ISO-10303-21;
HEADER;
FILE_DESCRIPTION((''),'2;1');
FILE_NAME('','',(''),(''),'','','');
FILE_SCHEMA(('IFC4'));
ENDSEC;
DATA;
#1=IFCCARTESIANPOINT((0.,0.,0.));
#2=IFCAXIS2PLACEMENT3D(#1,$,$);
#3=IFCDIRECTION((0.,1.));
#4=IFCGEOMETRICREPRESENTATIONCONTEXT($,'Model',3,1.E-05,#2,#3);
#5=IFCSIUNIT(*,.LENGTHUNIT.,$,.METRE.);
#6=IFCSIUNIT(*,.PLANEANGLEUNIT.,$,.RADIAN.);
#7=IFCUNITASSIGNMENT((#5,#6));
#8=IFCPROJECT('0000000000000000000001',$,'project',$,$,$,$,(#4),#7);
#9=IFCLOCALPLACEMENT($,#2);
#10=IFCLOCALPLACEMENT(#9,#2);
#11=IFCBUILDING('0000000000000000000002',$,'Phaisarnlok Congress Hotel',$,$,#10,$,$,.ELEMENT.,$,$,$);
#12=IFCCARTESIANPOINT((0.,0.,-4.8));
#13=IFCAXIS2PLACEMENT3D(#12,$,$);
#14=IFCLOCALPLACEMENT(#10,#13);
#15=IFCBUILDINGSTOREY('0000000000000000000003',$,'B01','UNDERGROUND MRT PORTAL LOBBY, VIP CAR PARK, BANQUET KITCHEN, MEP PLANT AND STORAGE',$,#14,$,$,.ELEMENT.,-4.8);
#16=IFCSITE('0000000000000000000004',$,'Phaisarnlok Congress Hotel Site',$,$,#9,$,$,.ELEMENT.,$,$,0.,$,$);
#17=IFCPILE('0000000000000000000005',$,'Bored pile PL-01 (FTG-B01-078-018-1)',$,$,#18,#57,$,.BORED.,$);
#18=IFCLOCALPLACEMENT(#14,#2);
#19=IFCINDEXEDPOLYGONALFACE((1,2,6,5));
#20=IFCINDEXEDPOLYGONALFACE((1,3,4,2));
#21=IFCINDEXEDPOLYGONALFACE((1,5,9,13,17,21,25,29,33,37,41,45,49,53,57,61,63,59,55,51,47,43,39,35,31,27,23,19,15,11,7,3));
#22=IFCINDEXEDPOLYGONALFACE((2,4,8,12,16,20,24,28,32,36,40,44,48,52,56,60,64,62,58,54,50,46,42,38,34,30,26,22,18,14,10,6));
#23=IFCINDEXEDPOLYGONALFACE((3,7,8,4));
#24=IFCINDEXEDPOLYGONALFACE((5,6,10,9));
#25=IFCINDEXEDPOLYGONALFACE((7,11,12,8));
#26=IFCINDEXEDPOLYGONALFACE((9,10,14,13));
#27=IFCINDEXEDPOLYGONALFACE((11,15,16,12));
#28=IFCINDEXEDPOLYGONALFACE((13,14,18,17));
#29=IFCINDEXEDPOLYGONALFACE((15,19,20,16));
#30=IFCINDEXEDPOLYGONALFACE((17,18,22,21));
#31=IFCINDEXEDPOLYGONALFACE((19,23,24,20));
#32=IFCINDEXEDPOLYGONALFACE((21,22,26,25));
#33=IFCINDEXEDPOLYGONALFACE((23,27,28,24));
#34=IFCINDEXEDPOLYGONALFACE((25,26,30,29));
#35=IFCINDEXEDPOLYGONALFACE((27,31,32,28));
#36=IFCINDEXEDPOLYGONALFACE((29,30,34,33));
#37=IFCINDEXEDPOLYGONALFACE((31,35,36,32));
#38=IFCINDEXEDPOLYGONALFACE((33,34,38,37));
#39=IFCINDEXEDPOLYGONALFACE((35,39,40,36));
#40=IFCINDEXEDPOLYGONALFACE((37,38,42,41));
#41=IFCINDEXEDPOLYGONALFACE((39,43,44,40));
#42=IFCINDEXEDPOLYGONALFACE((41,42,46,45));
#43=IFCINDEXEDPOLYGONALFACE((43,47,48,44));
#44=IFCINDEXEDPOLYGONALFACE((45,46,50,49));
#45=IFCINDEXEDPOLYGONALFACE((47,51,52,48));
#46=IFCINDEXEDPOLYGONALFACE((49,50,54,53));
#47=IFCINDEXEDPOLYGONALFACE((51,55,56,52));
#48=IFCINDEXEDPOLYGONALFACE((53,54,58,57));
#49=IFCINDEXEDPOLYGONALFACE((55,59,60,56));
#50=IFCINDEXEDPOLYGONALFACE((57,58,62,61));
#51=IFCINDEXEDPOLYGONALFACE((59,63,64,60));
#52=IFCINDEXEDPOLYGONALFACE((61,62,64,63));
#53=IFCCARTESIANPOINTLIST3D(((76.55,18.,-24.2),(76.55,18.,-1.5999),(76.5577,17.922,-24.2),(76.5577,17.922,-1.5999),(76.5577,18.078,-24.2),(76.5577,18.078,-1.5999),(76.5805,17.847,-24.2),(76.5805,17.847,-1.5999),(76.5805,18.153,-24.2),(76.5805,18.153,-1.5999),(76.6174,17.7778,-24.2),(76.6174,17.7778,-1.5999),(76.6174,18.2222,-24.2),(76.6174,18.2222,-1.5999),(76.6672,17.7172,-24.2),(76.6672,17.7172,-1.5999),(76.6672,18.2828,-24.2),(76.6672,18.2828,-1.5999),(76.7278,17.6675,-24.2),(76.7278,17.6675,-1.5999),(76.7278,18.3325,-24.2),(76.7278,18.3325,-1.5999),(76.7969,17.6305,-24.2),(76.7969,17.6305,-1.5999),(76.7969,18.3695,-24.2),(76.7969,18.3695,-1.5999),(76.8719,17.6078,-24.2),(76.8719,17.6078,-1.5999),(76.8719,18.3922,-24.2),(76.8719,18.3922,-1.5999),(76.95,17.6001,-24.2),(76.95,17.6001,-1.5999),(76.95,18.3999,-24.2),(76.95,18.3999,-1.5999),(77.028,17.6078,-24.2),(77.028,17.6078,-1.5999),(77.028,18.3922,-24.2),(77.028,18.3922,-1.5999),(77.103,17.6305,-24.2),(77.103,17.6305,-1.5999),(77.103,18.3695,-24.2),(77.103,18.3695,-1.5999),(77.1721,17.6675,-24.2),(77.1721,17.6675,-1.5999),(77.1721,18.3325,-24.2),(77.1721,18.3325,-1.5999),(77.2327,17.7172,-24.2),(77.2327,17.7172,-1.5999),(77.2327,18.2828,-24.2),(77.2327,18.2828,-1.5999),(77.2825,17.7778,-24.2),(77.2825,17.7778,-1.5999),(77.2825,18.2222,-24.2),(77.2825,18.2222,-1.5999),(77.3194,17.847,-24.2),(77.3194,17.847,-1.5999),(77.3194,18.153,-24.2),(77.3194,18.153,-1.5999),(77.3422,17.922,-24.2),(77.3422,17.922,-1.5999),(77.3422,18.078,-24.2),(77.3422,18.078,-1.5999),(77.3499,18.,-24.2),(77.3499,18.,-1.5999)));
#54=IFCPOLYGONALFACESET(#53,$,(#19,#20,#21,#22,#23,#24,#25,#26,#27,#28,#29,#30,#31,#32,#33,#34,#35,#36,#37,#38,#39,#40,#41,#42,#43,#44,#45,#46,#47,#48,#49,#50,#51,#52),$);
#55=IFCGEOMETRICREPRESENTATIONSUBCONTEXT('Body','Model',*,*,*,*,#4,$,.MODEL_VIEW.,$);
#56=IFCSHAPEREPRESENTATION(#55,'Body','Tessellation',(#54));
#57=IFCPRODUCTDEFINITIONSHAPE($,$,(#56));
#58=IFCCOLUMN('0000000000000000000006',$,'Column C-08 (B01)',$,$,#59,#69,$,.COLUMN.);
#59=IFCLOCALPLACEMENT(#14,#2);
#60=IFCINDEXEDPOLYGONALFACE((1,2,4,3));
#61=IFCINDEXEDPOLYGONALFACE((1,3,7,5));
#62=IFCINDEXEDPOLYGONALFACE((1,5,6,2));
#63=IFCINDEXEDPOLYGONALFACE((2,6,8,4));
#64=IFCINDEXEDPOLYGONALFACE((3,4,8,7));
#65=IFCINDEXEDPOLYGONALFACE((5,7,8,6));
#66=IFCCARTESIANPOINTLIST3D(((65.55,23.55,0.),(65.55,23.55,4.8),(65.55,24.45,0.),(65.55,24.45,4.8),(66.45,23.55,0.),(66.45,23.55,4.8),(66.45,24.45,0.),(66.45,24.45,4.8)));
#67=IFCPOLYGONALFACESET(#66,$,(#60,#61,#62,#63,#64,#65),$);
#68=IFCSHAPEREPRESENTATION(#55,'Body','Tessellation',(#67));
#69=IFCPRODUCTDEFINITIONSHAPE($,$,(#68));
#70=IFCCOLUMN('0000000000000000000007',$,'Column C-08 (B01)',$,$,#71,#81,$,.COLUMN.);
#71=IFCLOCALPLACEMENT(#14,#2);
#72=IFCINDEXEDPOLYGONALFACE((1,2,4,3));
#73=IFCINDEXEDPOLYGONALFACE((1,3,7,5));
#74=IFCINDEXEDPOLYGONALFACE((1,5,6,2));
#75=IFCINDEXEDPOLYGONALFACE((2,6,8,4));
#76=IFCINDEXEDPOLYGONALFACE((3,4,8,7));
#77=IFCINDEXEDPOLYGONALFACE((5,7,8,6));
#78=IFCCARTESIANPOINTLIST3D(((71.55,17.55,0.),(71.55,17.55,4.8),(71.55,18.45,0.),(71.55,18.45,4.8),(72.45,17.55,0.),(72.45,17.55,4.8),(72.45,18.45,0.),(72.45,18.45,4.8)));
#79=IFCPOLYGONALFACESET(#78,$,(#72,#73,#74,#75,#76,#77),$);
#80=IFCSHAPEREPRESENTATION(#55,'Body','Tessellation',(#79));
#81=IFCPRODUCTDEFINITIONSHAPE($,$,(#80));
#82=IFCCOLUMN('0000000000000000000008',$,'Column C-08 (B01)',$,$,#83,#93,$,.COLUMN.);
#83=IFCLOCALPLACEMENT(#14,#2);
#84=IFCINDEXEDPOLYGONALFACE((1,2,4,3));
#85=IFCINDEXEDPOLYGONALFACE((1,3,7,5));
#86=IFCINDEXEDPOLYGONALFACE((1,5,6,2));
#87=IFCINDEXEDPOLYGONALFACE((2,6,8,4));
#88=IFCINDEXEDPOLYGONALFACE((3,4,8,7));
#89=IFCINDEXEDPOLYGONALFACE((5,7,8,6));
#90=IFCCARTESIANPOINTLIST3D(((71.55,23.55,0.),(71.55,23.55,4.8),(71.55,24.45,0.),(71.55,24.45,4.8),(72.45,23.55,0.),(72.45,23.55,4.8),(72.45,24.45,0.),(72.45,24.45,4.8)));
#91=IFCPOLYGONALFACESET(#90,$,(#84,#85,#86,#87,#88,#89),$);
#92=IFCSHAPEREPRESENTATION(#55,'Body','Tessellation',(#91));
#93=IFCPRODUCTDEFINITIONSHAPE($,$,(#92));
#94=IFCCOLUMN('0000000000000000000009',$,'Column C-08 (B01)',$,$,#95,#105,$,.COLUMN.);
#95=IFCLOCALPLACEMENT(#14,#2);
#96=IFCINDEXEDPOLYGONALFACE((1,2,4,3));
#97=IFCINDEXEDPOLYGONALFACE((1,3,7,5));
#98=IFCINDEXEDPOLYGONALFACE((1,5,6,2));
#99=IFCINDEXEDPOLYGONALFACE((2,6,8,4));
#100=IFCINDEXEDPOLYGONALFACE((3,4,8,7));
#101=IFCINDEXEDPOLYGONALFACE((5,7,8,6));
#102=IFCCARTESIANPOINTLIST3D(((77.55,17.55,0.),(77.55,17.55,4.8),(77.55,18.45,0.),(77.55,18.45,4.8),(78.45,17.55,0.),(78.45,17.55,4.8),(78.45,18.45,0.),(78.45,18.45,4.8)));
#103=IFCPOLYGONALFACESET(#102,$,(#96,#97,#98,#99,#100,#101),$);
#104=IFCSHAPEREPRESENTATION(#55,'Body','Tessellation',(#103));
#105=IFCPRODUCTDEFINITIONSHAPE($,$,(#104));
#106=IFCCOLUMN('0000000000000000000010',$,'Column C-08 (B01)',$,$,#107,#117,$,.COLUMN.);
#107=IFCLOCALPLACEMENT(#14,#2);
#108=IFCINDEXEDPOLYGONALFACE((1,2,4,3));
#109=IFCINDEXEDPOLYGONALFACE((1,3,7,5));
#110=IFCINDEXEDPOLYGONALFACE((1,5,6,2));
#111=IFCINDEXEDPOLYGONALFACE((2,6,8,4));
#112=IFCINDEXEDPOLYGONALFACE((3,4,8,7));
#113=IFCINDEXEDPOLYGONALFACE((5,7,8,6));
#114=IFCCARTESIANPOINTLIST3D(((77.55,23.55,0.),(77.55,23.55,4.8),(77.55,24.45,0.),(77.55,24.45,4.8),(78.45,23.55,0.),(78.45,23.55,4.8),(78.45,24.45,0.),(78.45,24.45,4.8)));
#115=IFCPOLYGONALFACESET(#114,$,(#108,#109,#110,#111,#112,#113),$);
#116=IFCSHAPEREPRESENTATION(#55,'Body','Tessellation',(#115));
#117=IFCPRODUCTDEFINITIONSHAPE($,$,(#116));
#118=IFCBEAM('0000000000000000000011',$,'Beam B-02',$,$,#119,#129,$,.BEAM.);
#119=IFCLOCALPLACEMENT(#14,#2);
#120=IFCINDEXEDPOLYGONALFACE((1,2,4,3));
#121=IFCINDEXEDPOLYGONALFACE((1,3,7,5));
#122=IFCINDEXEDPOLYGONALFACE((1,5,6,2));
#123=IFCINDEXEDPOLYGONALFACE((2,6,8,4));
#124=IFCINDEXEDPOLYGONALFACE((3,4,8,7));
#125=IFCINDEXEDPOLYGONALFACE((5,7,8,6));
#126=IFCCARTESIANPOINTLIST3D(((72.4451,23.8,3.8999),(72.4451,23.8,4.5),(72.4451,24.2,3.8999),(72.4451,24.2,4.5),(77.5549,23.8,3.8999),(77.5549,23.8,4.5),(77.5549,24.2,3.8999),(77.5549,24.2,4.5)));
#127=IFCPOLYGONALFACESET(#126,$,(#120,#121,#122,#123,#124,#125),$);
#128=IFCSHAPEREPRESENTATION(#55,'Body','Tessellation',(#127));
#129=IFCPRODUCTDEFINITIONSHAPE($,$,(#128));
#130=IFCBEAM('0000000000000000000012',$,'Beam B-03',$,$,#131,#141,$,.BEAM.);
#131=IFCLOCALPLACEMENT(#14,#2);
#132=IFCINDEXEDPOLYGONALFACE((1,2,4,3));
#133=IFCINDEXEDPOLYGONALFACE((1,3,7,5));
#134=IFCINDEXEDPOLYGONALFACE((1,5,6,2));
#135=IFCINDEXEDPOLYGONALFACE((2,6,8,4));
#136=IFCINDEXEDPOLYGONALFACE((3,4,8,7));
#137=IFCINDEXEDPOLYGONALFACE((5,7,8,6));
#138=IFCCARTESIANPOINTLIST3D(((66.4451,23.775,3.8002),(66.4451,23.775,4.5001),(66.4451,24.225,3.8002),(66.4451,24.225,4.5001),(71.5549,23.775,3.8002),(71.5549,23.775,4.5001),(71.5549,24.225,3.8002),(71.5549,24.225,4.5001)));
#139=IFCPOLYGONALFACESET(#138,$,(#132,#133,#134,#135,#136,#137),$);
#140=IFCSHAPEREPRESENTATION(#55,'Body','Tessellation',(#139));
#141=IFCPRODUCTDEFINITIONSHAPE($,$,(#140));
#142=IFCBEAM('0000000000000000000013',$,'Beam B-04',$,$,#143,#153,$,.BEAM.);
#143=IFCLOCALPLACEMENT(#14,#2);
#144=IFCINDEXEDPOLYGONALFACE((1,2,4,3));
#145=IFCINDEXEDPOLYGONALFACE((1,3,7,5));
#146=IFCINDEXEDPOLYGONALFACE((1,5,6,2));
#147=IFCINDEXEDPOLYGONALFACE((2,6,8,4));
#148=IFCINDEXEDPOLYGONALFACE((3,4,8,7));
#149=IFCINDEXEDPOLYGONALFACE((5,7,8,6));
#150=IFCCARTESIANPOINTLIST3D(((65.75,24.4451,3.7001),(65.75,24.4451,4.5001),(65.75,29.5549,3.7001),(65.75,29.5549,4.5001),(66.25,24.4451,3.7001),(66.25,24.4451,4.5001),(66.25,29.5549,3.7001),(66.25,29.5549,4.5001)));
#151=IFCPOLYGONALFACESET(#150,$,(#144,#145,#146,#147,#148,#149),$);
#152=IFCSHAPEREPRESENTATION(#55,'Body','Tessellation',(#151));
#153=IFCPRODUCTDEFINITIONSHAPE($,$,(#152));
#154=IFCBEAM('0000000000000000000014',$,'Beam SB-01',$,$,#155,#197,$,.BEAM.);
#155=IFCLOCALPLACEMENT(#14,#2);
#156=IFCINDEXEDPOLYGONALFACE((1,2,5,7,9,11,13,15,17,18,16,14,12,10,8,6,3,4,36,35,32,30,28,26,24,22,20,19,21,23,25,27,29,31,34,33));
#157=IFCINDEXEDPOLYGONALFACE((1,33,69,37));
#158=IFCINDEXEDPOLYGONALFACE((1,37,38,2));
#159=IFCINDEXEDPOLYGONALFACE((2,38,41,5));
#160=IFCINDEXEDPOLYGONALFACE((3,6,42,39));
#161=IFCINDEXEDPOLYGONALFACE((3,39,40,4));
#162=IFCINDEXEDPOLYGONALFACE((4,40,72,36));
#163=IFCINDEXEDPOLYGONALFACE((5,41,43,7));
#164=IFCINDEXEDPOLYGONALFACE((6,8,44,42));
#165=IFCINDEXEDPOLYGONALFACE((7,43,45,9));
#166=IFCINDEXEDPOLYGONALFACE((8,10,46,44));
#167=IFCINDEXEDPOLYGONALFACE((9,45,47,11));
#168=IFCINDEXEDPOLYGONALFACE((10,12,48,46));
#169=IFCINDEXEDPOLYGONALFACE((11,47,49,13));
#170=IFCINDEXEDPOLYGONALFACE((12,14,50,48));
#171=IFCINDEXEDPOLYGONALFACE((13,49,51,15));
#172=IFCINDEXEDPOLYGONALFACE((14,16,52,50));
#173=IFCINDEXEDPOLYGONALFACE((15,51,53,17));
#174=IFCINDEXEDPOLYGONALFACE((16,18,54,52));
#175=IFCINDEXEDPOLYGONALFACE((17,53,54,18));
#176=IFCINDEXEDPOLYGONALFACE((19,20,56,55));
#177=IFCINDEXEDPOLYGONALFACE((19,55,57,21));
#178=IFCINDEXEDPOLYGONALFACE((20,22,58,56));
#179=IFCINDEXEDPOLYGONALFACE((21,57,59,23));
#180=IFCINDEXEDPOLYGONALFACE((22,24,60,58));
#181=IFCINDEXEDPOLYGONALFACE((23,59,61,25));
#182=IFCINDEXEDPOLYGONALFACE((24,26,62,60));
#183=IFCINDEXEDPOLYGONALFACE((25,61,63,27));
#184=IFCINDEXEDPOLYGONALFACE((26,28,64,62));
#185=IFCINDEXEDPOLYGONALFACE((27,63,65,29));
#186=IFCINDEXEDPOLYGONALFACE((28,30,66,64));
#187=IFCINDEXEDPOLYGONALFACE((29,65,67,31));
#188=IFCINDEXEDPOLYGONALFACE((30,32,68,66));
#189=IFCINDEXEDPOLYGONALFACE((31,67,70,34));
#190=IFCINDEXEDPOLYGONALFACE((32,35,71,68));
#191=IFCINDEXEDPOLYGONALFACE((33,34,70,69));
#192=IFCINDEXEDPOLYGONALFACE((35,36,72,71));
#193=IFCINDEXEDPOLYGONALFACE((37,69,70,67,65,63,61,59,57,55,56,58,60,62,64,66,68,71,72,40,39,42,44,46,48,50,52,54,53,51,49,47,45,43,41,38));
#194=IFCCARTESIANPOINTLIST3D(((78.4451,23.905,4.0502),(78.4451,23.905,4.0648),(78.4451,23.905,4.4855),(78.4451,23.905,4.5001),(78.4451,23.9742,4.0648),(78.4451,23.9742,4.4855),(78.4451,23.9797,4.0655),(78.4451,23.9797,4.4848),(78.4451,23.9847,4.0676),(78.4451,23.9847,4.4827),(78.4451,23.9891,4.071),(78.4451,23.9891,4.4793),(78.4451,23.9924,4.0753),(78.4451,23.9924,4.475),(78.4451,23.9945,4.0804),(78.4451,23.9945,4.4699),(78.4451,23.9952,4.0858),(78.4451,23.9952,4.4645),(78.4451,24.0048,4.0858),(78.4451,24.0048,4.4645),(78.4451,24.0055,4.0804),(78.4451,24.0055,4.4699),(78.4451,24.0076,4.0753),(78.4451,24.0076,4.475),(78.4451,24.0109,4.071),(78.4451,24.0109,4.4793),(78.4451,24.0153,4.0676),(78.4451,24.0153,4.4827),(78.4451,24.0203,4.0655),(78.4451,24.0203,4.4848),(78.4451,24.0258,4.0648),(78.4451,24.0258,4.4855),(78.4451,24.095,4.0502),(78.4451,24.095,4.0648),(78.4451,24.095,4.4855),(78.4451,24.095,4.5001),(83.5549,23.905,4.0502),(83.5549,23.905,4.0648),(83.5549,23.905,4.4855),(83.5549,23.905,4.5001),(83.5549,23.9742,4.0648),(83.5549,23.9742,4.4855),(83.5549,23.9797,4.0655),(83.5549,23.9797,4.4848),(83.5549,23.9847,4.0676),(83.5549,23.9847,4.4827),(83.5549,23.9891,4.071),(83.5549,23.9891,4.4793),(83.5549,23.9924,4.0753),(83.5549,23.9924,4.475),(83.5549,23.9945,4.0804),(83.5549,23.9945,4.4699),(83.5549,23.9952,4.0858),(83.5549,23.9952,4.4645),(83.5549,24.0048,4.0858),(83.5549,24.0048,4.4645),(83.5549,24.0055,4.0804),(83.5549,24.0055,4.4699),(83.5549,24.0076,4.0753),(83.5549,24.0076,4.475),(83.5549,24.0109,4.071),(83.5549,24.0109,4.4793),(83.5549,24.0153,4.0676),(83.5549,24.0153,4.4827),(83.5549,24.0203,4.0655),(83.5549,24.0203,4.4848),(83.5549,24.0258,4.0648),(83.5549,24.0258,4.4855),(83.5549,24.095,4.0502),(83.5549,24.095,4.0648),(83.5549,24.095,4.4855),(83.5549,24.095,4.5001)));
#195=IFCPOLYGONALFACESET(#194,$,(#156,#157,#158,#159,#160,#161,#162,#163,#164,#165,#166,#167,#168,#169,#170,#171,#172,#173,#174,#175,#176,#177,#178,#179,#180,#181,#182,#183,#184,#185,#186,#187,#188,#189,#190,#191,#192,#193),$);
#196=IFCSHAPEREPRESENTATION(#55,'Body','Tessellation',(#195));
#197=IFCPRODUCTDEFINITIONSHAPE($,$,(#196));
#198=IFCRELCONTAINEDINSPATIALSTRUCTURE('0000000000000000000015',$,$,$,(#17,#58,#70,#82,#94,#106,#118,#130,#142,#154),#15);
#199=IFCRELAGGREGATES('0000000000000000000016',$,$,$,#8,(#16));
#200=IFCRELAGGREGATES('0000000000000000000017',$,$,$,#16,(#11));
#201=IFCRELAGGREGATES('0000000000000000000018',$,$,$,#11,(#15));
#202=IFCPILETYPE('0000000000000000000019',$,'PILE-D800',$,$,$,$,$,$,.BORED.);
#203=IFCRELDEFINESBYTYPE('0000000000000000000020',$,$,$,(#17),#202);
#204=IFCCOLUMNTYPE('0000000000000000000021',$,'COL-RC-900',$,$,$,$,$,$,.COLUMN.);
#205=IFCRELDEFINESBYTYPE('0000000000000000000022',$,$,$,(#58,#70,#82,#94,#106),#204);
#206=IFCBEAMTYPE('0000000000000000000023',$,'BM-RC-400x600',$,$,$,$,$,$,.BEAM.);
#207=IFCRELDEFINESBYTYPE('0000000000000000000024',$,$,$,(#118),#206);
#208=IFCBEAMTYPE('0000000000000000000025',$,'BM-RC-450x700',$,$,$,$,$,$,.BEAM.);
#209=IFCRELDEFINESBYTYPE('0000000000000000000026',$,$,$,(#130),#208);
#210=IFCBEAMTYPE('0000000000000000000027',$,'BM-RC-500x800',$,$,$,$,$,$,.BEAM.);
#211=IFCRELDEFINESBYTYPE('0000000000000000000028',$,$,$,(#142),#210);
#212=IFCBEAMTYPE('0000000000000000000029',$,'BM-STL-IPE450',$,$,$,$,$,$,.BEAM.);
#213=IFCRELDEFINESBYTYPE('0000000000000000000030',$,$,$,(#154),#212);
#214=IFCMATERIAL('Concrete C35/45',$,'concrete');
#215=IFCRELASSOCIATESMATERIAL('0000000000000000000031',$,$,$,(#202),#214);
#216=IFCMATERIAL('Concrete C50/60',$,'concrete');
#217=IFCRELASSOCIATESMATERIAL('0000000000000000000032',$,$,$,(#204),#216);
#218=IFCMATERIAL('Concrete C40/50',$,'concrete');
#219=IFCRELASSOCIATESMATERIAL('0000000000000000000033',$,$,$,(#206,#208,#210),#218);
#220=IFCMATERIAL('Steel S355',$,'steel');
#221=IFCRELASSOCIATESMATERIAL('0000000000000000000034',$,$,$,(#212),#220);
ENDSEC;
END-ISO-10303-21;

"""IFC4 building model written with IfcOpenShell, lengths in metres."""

from ifc_helpers import new_model, si_unit, direction, frame, origin, origin_2d, place, context, subcontext, project, spatial, rectangle, circle, i_section, extrude, material, material_profile, profile_set, type_object, element, save


model = new_model("IFC4")

# Units and contexts
model_context = context("Model", 3, precision=1e-05, world=origin(), true_north=direction((0.0, 1.0)))
body_context = subcontext(model_context, "Body", "Model", "MODEL_VIEW")
ifc_project = project(units=[si_unit("LENGTHUNIT", "METRE"), si_unit("PLANEANGLEUNIT", "RADIAN")], contexts=[model_context])

# Site, building, storey
site_placement = place(None, origin())
site = spatial("IfcSite", under=ifc_project, at=site_placement, Name="Phaisarnlok Congress Hotel Site", CompositionType="ELEMENT", RefElevation=0.0)
building_placement = place(site_placement, origin())
building = spatial("IfcBuilding", under=site, at=building_placement, Name="Phaisarnlok Congress Hotel", CompositionType="ELEMENT")
storey_placement = place(building_placement, frame((0.0, 0.0, -4.8)))
storey = spatial("IfcBuildingStorey", under=building, at=storey_placement, Name="B01", Description="UNDERGROUND MRT PORTAL LOBBY, VIP CAR PARK, BANQUET KITCHEN, MEP PLANT AND STORAGE", CompositionType="ELEMENT", Elevation=-4.8)

# Shared definitions
ifc_material_1 = material(Name="Concrete C40/50", Category="concrete")

# Pile
ifc_material_2 = material(Name="Concrete C35/45", Category="concrete")
ifc_material_profile_1 = material_profile(ifc_material_2, circle(Radius=0.3999, at=origin_2d()), Name="BORED PILE D800")
ifc_profile_set_1 = profile_set([ifc_material_profile_1], Name="Concrete C35/45")
pile_type_1 = type_object("IfcPileType", Name="PILE-D800", PredefinedType="BORED", material=ifc_profile_set_1)
pile_1_placement = place(storey_placement, frame((76.95, 18.0, -1.5999), z_axis=(0.0, 0.0, -1.0), x_axis=(1.0, 0.0, 0.0)))
element("IfcPile", 1, at=pile_1_placement, inside=storey, type_object=pile_type_1, Name="Bored pile PL-01 (FTG-B01-078-018-1)", PredefinedType="BORED", context=body_context, shape_type="SweptSolid", body=[
    extrude(circle(Radius=0.3999, at=origin_2d()), origin(), (0.0, 0.0, 1.0), 22.6001),
])

# Columns
ifc_material_3 = material(Name="Concrete C50/60", Category="concrete")
ifc_material_profile_2 = material_profile(ifc_material_3, rectangle(XDim=0.8999, YDim=0.8999, at=origin_2d()), Name="RC 900x900")
ifc_profile_set_2 = profile_set([ifc_material_profile_2], Name="Concrete C50/60")
column_type = type_object("IfcColumnType", Name="COL-RC-900", PredefinedType="COLUMN", material=ifc_profile_set_2)
for number, where, z_axis, x_axis, name in (
    (2, (66.0, 24.0, 0.0), (0.0, 0.0, 1.0), (1.0, 0.0, 0.0), "Column C-08 (B01)"),
    (3, (72.0, 18.0, 0.0), (0.0, 0.0, 1.0), (1.0, 0.0, 0.0), "Column C-08 (B01)"),
    (4, (72.0, 24.0, 0.0), (0.0, 0.0, 1.0), (1.0, 0.0, 0.0), "Column C-08 (B01)"),
    (5, (78.0, 18.0, 0.0), (0.0, 0.0, 1.0), (1.0, 0.0, 0.0), "Column C-08 (B01)"),
    (6, (78.0, 24.0, 0.0), (0.0, 0.0, 1.0), (1.0, 0.0, 0.0), "Column C-08 (B01)"),
):
    element("IfcColumn", number, at=place(storey_placement, frame(where, z_axis=z_axis, x_axis=x_axis)), inside=storey, type_object=column_type, Name=name, PredefinedType="COLUMN", context=body_context, shape_type="SweptSolid", body=[
        extrude(rectangle(XDim=0.8999, YDim=0.8999, at=origin_2d()), origin(), (0.0, 0.0, 1.0), 4.8),
    ])

# Beams
ifc_material_profile_3 = material_profile(ifc_material_1, rectangle(XDim=0.3999, YDim=0.6001, at=origin_2d()), Name="RC 400x600")
ifc_profile_set_3 = profile_set([ifc_material_profile_3], Name="Concrete C40/50")
beam_type_1 = type_object("IfcBeamType", Name="BM-RC-400x600", PredefinedType="BEAM", material=ifc_profile_set_3)
beam_1_placement = place(storey_placement, frame((72.4451, 24.0, 4.2), z_axis=(1.0, 0.0, 0.0), x_axis=(0.0, 1.0, 0.0)))
element("IfcBeam", 7, at=beam_1_placement, inside=storey, type_object=beam_type_1, Name="Beam B-02", PredefinedType="BEAM", context=body_context, shape_type="SweptSolid", body=[
    extrude(rectangle(XDim=0.3999, YDim=0.6001, at=origin_2d()), origin(), (0.0, 0.0, 1.0), 5.1099),
])
ifc_material_profile_4 = material_profile(ifc_material_1, rectangle(XDim=0.45, YDim=0.7, at=origin_2d()), Name="RC 450x700")
ifc_profile_set_4 = profile_set([ifc_material_profile_4], Name="Concrete C40/50")
beam_type_2 = type_object("IfcBeamType", Name="BM-RC-450x700", PredefinedType="BEAM", material=ifc_profile_set_4)
beam_2_placement = place(storey_placement, frame((66.4451, 24.0, 4.1501), z_axis=(1.0, 0.0, 0.0), x_axis=(0.0, 1.0, 0.0)))
element("IfcBeam", 8, at=beam_2_placement, inside=storey, type_object=beam_type_2, Name="Beam B-03", PredefinedType="BEAM", context=body_context, shape_type="SweptSolid", body=[
    extrude(rectangle(XDim=0.45, YDim=0.7, at=origin_2d()), origin(), (0.0, 0.0, 1.0), 5.1099),
])
ifc_material_profile_5 = material_profile(ifc_material_1, rectangle(XDim=0.5, YDim=0.8, at=origin_2d()), Name="RC 500x800")
ifc_profile_set_5 = profile_set([ifc_material_profile_5], Name="Concrete C40/50")
beam_type_3 = type_object("IfcBeamType", Name="BM-RC-500x800", PredefinedType="BEAM", material=ifc_profile_set_5)
beam_3_placement = place(storey_placement, frame((66.0, 24.4451, 4.1001), z_axis=(0.0, 1.0, 0.0), x_axis=(-1.0, 0.0, 0.0)))
element("IfcBeam", 9, at=beam_3_placement, inside=storey, type_object=beam_type_3, Name="Beam B-04", PredefinedType="BEAM", context=body_context, shape_type="SweptSolid", body=[
    extrude(rectangle(XDim=0.5, YDim=0.8, at=origin_2d()), origin(), (0.0, 0.0, 1.0), 5.1099),
])
ifc_material_4 = material(Name="Steel S355", Category="steel")
ifc_material_profile_6 = material_profile(ifc_material_4, i_section(OverallWidth=0.1899, OverallDepth=0.45, WebThickness=0.0095, FlangeThickness=0.0146, FilletRadius=0.021, at=origin_2d()), Name="IPE 450")
ifc_profile_set_6 = profile_set([ifc_material_profile_6], Name="Steel S355")
beam_type_4 = type_object("IfcBeamType", Name="BM-STL-IPE450", PredefinedType="BEAM", material=ifc_profile_set_6)
beam_4_placement = place(storey_placement, frame((78.4451, 24.0, 4.2751), z_axis=(1.0, 0.0, 0.0), x_axis=(0.0, 1.0, 0.0)))
element("IfcBeam", 10, at=beam_4_placement, inside=storey, type_object=beam_type_4, Name="Beam SB-01", PredefinedType="BEAM", context=body_context, shape_type="SweptSolid", body=[
    extrude(i_section(OverallWidth=0.1899, OverallDepth=0.45, WebThickness=0.0095, FlangeThickness=0.0146, FilletRadius=0.021, at=origin_2d()), origin(), (0.0, 0.0, 1.0), 5.1099),
])

save(model, "model.ifc")
